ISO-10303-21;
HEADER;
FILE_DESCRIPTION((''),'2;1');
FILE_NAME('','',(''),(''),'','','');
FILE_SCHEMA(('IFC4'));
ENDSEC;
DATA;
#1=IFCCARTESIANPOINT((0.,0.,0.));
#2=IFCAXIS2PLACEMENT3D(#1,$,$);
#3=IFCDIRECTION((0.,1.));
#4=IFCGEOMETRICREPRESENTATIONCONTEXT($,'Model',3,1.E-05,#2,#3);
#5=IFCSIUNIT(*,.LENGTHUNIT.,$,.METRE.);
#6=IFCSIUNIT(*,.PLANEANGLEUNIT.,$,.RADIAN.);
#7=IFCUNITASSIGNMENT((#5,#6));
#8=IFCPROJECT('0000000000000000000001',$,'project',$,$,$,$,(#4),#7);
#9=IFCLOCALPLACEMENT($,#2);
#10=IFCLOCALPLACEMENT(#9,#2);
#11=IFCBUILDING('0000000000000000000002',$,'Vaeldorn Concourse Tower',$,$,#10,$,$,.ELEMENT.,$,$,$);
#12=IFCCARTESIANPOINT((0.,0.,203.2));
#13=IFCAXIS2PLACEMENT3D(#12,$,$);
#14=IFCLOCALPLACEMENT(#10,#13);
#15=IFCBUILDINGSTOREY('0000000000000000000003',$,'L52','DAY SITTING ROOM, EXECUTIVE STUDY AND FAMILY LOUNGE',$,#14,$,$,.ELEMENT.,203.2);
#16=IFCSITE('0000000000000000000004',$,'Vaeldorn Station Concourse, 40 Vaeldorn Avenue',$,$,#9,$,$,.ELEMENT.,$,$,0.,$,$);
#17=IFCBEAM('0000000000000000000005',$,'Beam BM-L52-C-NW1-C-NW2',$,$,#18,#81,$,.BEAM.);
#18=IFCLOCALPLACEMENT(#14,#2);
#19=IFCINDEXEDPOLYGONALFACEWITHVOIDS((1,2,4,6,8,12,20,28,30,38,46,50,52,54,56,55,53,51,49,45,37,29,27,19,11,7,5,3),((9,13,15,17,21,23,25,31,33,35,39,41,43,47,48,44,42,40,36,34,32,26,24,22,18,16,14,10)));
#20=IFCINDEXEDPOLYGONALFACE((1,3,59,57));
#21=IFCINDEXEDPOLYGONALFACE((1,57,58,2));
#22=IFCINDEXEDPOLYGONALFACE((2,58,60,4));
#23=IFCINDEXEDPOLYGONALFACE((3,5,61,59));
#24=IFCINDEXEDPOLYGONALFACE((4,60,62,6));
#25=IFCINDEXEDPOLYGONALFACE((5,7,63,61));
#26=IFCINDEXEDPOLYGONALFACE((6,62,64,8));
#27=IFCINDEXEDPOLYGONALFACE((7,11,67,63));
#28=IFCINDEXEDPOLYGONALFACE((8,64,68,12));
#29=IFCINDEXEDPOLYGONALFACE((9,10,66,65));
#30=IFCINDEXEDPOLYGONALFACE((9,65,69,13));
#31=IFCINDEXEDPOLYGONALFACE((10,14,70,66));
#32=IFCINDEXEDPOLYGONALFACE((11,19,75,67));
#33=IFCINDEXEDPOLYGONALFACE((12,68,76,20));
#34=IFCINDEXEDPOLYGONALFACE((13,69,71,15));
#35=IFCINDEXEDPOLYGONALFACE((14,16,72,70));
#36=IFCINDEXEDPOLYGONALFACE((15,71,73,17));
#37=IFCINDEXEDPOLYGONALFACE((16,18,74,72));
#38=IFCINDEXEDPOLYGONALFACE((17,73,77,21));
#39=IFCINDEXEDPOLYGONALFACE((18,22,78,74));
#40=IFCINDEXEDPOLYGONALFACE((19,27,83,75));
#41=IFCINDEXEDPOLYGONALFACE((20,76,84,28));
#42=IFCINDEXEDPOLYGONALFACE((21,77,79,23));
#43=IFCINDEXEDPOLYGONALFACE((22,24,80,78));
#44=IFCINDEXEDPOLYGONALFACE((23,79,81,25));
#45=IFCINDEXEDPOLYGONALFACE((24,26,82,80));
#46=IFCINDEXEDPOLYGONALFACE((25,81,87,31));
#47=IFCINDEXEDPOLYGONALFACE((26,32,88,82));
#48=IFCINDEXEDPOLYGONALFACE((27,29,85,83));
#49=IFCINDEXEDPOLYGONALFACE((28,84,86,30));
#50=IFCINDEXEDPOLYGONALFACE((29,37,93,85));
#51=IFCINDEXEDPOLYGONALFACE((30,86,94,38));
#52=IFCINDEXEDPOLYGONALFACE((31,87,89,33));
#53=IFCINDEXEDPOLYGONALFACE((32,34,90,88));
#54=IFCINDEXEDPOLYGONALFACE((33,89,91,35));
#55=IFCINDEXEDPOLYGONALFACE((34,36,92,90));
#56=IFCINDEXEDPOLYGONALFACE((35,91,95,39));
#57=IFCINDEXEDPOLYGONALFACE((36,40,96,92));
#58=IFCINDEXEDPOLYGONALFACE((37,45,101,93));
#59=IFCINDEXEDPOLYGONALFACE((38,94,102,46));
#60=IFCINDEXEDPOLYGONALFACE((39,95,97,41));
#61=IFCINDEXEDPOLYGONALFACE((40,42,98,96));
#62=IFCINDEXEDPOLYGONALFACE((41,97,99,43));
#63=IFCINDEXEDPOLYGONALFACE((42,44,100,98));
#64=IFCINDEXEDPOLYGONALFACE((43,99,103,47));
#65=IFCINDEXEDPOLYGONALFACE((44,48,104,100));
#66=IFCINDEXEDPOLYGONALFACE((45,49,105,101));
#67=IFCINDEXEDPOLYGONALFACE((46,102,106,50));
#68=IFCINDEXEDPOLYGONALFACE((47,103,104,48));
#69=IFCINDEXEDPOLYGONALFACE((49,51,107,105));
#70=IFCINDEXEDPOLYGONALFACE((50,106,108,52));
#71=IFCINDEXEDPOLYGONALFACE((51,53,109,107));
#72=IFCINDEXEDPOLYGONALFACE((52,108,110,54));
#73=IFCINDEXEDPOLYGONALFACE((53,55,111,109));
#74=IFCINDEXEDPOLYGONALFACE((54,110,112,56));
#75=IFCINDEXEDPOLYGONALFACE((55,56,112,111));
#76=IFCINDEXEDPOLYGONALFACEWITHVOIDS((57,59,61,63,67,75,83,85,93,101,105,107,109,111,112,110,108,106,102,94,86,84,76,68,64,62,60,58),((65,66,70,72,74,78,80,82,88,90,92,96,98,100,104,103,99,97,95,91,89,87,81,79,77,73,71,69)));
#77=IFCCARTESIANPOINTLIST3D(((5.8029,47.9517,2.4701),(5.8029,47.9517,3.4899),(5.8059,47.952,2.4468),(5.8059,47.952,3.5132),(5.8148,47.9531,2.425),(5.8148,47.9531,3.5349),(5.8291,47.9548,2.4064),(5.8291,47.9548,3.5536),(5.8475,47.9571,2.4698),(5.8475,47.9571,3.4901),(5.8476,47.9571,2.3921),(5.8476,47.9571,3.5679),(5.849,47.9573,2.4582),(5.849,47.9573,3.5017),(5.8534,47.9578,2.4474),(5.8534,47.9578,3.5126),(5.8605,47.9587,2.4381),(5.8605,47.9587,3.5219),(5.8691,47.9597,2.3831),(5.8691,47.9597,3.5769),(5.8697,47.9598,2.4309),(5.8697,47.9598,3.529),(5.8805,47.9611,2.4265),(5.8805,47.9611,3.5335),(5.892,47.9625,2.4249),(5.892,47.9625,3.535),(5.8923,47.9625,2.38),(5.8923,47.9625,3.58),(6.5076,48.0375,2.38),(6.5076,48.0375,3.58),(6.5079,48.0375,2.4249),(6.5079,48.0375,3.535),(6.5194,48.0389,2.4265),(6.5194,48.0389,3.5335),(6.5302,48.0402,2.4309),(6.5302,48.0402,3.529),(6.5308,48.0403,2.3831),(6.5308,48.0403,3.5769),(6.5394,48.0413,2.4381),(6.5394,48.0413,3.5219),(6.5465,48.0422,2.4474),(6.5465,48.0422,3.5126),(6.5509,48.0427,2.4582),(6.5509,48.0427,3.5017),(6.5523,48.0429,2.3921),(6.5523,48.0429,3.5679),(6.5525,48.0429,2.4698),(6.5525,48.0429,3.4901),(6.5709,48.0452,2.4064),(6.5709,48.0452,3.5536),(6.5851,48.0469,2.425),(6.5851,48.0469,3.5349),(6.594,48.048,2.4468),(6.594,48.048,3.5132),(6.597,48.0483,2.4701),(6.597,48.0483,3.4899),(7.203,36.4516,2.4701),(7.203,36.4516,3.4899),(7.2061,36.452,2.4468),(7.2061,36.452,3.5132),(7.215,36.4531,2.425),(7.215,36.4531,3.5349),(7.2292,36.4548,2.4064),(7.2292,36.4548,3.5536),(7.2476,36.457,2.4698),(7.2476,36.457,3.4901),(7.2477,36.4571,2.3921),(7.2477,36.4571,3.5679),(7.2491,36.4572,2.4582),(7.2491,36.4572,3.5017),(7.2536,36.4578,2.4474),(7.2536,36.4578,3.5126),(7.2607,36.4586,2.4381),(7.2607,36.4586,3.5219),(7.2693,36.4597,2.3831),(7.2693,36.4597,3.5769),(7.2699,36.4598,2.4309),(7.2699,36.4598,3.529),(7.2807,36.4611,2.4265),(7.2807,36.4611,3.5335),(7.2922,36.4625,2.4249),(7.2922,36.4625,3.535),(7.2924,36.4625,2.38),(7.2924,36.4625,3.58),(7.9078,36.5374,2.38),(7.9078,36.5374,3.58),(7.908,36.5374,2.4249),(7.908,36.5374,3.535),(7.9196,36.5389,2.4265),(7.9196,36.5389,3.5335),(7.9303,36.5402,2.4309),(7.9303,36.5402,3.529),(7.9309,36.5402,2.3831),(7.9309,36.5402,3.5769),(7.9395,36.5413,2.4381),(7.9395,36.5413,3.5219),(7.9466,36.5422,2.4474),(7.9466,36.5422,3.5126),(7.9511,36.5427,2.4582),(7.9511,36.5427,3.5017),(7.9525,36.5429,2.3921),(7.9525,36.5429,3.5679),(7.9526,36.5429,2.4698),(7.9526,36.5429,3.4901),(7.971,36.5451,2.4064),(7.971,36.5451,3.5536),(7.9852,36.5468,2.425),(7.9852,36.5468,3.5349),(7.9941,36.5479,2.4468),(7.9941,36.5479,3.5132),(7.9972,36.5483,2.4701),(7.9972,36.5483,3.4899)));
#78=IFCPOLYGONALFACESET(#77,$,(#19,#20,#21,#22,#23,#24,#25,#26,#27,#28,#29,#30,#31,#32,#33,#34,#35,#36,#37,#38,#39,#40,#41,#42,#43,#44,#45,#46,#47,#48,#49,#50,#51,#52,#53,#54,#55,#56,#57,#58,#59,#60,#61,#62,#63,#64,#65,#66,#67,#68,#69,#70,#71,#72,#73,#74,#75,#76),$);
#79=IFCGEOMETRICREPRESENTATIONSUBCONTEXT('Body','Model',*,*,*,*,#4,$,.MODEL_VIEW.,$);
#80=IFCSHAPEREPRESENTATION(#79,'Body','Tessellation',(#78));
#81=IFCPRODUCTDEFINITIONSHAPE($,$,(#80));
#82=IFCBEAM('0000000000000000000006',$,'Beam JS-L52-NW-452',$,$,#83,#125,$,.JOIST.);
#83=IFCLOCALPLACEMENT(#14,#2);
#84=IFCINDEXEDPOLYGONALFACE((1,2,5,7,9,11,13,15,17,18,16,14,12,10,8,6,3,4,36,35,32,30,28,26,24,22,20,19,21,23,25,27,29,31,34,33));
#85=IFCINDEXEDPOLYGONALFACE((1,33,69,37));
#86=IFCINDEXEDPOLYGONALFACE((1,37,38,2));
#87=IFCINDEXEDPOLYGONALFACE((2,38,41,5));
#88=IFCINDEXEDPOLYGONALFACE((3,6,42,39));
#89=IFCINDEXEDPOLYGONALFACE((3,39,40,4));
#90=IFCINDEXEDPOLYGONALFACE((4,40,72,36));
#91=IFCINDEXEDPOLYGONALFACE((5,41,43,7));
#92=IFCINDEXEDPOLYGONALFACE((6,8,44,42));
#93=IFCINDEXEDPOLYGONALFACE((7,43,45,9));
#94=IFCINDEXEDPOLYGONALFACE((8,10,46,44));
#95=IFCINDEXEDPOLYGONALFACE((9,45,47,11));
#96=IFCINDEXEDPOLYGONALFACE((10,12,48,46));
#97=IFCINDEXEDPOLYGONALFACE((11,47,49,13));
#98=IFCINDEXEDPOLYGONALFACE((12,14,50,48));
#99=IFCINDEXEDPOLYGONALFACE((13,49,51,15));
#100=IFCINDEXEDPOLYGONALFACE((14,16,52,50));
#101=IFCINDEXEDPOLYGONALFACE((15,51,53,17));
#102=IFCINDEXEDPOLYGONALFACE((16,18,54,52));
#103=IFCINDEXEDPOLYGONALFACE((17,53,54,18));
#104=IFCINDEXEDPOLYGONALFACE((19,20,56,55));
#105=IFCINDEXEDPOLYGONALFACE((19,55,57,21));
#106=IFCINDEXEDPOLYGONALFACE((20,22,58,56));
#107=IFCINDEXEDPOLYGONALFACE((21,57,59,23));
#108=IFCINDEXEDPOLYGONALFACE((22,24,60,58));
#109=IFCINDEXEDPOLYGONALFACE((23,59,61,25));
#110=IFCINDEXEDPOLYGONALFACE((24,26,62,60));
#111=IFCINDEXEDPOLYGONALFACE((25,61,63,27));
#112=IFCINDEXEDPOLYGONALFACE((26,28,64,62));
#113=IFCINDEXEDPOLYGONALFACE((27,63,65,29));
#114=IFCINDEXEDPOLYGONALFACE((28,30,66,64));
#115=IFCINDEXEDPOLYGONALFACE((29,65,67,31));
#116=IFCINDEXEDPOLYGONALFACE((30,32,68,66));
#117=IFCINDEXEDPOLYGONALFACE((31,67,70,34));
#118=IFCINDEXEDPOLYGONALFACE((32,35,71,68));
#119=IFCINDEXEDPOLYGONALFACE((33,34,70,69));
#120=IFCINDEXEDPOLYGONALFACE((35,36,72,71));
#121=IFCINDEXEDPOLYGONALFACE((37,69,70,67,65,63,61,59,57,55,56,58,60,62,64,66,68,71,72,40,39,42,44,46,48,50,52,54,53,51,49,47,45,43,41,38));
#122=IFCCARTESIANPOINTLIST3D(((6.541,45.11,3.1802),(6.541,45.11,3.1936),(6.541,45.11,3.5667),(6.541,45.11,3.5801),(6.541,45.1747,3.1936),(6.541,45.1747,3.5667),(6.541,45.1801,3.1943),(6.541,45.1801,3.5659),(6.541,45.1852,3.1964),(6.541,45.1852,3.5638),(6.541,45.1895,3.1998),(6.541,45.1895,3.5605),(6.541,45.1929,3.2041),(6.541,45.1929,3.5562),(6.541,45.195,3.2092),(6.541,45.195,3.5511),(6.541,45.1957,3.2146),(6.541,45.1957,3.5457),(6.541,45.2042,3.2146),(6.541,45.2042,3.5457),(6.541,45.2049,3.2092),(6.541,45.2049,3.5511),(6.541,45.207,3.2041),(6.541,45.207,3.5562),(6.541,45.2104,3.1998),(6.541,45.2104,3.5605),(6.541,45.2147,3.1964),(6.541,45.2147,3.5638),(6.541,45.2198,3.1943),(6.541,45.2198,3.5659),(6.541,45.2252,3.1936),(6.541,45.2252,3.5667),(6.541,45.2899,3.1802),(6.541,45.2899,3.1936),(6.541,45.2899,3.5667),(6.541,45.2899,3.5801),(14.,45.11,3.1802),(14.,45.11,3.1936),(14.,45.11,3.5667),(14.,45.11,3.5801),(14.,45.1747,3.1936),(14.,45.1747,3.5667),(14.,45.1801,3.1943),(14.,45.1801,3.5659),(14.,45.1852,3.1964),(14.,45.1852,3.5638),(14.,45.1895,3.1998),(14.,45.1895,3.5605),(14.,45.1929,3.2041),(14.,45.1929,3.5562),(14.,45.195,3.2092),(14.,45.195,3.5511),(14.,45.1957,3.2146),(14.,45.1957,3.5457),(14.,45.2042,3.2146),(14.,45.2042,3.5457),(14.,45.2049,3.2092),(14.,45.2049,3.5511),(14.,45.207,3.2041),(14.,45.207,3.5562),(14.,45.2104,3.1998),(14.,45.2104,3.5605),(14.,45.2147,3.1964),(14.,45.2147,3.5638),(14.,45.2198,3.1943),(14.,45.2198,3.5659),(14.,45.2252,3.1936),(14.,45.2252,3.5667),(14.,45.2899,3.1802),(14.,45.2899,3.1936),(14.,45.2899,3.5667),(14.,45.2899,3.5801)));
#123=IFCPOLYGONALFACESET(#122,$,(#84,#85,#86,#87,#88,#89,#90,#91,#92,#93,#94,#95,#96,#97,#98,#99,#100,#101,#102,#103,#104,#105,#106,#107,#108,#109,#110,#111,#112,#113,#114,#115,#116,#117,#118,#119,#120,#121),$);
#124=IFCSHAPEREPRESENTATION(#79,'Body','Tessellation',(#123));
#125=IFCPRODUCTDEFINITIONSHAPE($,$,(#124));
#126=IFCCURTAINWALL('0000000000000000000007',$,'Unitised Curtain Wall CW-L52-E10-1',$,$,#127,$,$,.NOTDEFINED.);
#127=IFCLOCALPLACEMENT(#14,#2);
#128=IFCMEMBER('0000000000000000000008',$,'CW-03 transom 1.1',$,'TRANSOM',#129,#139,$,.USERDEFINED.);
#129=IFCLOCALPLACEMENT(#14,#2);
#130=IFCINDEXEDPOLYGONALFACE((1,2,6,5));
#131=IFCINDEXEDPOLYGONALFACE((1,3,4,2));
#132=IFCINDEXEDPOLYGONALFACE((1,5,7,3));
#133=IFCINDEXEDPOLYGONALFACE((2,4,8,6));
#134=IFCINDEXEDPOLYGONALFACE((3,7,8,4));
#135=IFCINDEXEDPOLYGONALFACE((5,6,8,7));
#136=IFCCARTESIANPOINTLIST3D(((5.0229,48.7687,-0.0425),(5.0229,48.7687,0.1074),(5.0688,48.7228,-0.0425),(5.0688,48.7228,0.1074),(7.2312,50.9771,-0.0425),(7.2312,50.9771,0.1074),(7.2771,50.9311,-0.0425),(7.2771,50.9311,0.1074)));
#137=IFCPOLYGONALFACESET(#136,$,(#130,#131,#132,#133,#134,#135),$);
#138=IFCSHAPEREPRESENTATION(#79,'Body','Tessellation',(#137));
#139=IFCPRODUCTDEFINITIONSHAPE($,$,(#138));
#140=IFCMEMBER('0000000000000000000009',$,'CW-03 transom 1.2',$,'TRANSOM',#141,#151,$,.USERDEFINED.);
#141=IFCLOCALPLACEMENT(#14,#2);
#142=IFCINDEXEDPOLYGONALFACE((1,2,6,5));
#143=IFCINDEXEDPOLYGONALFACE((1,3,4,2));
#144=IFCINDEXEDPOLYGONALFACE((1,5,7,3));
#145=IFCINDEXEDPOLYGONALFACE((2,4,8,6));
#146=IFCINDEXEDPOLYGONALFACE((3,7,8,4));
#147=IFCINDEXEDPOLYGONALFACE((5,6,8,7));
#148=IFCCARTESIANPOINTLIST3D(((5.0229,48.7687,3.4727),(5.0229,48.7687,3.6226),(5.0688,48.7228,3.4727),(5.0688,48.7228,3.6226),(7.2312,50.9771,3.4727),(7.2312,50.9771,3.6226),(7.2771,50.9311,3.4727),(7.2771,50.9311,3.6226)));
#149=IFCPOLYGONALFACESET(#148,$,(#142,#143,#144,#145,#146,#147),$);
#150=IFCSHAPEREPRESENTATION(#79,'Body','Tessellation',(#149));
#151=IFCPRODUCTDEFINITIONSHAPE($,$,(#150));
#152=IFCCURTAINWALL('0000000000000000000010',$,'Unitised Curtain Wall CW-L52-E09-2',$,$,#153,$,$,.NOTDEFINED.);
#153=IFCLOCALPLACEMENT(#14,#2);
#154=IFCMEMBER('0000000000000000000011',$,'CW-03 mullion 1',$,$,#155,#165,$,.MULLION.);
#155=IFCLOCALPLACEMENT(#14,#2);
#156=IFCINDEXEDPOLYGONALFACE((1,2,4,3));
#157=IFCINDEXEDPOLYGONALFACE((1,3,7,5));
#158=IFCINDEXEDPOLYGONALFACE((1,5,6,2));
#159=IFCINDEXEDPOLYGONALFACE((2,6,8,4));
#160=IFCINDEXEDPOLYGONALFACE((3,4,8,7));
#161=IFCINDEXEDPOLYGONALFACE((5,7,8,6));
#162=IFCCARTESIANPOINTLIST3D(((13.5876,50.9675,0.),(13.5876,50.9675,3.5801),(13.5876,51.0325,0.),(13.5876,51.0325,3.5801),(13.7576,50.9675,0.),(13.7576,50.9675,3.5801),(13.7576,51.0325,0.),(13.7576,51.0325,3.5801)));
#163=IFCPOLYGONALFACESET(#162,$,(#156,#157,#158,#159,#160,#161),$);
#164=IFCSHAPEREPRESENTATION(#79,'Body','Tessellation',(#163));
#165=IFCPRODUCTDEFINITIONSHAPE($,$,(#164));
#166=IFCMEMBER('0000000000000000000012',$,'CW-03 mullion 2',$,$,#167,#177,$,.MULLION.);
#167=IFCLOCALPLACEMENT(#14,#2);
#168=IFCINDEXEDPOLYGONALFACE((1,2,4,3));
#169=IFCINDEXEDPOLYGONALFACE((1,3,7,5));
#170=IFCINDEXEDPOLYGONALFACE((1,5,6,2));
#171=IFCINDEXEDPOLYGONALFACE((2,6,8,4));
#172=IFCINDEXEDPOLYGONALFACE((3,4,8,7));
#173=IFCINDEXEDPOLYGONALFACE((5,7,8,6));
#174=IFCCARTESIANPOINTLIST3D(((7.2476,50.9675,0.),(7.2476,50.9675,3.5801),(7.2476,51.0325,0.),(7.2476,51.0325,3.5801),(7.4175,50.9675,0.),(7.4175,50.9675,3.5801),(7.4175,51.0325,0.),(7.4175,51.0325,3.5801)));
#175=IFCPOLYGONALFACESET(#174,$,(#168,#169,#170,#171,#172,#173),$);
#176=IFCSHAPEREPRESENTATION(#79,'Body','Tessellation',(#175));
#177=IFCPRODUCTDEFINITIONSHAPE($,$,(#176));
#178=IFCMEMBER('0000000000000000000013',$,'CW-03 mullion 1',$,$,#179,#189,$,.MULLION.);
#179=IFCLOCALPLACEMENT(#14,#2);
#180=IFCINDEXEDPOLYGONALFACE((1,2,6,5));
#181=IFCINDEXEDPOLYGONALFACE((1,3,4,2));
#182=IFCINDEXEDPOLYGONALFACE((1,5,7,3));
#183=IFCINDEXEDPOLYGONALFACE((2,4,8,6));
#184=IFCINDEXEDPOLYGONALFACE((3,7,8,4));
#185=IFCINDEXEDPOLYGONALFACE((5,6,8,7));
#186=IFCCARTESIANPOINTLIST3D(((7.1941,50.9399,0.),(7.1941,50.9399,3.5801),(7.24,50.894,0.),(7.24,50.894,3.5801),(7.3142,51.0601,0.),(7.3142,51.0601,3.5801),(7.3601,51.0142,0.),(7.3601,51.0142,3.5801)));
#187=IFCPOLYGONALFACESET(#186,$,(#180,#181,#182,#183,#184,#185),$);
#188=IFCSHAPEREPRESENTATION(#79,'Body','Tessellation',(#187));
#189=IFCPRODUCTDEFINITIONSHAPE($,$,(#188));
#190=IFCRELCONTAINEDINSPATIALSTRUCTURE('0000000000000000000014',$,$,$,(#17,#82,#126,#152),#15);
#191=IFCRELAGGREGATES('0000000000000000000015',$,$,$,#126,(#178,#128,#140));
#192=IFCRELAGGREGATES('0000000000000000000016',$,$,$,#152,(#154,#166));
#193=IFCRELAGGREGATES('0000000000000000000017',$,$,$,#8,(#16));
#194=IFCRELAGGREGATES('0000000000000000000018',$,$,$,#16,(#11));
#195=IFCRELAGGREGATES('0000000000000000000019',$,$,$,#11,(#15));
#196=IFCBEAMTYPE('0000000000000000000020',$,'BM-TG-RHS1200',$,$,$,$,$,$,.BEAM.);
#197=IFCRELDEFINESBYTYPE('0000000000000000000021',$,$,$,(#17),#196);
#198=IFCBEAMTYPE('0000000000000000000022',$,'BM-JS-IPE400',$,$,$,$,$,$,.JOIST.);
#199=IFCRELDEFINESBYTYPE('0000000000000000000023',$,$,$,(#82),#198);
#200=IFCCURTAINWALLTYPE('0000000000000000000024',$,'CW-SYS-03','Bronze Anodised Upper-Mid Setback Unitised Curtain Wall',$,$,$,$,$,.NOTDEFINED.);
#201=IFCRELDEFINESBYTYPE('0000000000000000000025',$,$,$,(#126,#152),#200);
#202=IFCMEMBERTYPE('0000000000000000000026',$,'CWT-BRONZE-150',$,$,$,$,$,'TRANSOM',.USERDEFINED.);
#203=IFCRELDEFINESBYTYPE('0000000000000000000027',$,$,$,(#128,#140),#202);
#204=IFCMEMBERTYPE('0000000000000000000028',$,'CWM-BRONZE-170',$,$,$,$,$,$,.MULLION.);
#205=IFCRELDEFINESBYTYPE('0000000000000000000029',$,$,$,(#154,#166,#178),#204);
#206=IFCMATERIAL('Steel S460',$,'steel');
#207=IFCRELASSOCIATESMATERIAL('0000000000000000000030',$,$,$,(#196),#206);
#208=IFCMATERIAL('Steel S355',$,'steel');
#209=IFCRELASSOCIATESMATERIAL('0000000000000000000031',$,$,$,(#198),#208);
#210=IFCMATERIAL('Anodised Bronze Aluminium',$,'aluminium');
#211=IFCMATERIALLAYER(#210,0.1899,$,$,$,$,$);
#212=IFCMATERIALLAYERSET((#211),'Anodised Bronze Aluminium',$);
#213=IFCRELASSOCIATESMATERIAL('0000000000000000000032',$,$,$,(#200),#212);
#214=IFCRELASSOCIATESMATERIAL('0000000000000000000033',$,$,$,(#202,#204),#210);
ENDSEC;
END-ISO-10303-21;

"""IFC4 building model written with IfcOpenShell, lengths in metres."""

from ifc_helpers import new_model, si_unit, direction, frame, origin, origin_2d, place, context, subcontext, project, spatial, rectangle, hollow_rectangle, i_section, extrude, source, transform, mapped, material, layer, layer_set, material_profile, profile_set, type_object, element, aggregate, save


model = new_model("IFC4")

# Units and contexts
model_context = context("Model", 3, precision=1e-05, world=origin(), true_north=direction((0.0, 1.0)))
body_context = subcontext(model_context, "Body", "Model", "MODEL_VIEW")
ifc_project = project(units=[si_unit("LENGTHUNIT", "METRE"), si_unit("PLANEANGLEUNIT", "RADIAN")], contexts=[model_context])

# Site, building, storey
site_placement = place(None, origin())
site = spatial("IfcSite", under=ifc_project, at=site_placement, Name="Vaeldorn Station Concourse, 40 Vaeldorn Avenue", CompositionType="ELEMENT", RefElevation=0.0)
building_placement = place(site_placement, origin())
building = spatial("IfcBuilding", under=site, at=building_placement, Name="Vaeldorn Concourse Tower", CompositionType="ELEMENT")
storey_placement = place(building_placement, frame((0.0, 0.0, 203.2)))
storey = spatial("IfcBuildingStorey", under=building, at=storey_placement, Name="L52", Description="DAY SITTING ROOM, EXECUTIVE STUDY AND FAMILY LOUNGE", CompositionType="ELEMENT", Elevation=203.2)

# Shared definitions
ifc_material_1 = material(Name="Steel S460", Category="steel")

# Beams
ifc_material_profile_1 = material_profile(ifc_material_1, hollow_rectangle(XDim=0.8, YDim=1.2, WallThickness=0.0449, InnerFilletRadius=0.0449, OuterFilletRadius=0.0901, at=origin_2d()), Name="RHS 1200x800x45")
ifc_profile_set_1 = profile_set([ifc_material_profile_1], Name="Steel S460")
beam_type_1 = type_object("IfcBeamType", Name="BM-TG-RHS1200", PredefinedType="BEAM", material=ifc_profile_set_1)
shared_shape_1 = source(origin(), body_context, "Body", "SweptSolid", [
    extrude(hollow_rectangle(XDim=0.8, YDim=1.2, WallThickness=0.0449, InnerFilletRadius=0.0449, OuterFilletRadius=0.0901, at=origin_2d()), origin(), (0.0, 0.0, 1.0), 11.585),
])
beam_1_placement = place(storey_placement, frame((6.2, 48.0, 2.98), z_axis=(0.120859, -0.99267, 0.0), x_axis=(0.99267, 0.120859, 0.0)))
element("IfcBeam", 1, at=beam_1_placement, inside=storey, type_object=beam_type_1, Name="Beam BM-L52-C-NW1-C-NW2", PredefinedType="BEAM", context=body_context, shape_type="MappedRepresentation", body=[
    mapped(shared_shape_1, transform((0.0, 0.0, 0.0), scale=1.0)),
])
ifc_material_2 = material(Name="Steel S355", Category="steel")
ifc_material_profile_2 = material_profile(ifc_material_2, i_section(OverallWidth=0.1799, OverallDepth=0.3999, WebThickness=0.0085, FlangeThickness=0.0134, FilletRadius=0.021, at=origin_2d()), Name="IPE 400")
ifc_profile_set_2 = profile_set([ifc_material_profile_2], Name="Steel S355")
beam_type_2 = type_object("IfcBeamType", Name="BM-JS-IPE400", PredefinedType="JOIST", material=ifc_profile_set_2)
shared_shape_2 = source(origin(), body_context, "Body", "SweptSolid", [
    extrude(i_section(OverallWidth=0.1799, OverallDepth=0.3999, WebThickness=0.0085, FlangeThickness=0.0134, FilletRadius=0.021, at=origin_2d()), origin(), (0.0, 0.0, 1.0), 7.459),
])
beam_2_placement = place(storey_placement, frame((6.541, 45.2, 3.3801), z_axis=(1.0, 0.0, 0.0), x_axis=(0.0, 1.0, 0.0)))
element("IfcBeam", 2, at=beam_2_placement, inside=storey, type_object=beam_type_2, Name="Beam JS-L52-NW-452", PredefinedType="JOIST", context=body_context, shape_type="MappedRepresentation", body=[
    mapped(shared_shape_2, transform((0.0, 0.0, 0.0), scale=1.0)),
])

# Curtain walls, members
ifc_material_3 = material(Name="Anodised Bronze Aluminium", Category="aluminium")
ifc_layer_1 = layer(ifc_material_3, 0.1899)
ifc_layer_set_1 = layer_set([ifc_layer_1], Name="Anodised Bronze Aluminium")
curtain_wall_type = type_object("IfcCurtainWallType", Name="CW-SYS-03", Description="Bronze Anodised Upper-Mid Setback Unitised Curtain Wall", PredefinedType="NOTDEFINED", material=ifc_layer_set_1)
curtain_wall_1_placement = place(storey_placement, origin())
curtain_wall_1 = element("IfcCurtainWall", 3, at=curtain_wall_1_placement, inside=storey, type_object=curtain_wall_type, Name="Unitised Curtain Wall CW-L52-E10-1", PredefinedType="NOTDEFINED")
ifc_material_profile_3 = material_profile(ifc_material_3, rectangle(XDim=0.0649, YDim=0.1499, at=origin_2d()), Name="CWT 65x150")
ifc_profile_set_3 = profile_set([ifc_material_profile_3], Name="Anodised Bronze Aluminium")
member_type_1 = type_object("IfcMemberType", Name="CWT-BRONZE-150", ElementType="TRANSOM", PredefinedType="USERDEFINED", material=ifc_profile_set_3)
shared_shape_3 = source(origin(), body_context, "Body", "SweptSolid", [
    extrude(rectangle(XDim=0.0649, YDim=0.1499, at=origin_2d()), origin(), (0.0, 0.0, 1.0), 3.123),
])
member_1_placement = place(storey_placement, frame((7.2542, 50.9541, 0.0325), z_axis=(-0.707107, -0.707107, 0.0), x_axis=(0.707107, -0.707107, 0.0)))
member_1 = element("IfcMember", 4, at=member_1_placement, type_object=member_type_1, Name="CW-03 transom 1.1", ObjectType="TRANSOM", PredefinedType="USERDEFINED", context=body_context, shape_type="MappedRepresentation", body=[
    mapped(shared_shape_3, transform((0.0, 0.0, 0.0), scale=1.0)),
])
member_2_placement = place(storey_placement, frame((7.2542, 50.9541, 3.5476), z_axis=(-0.707107, -0.707107, 0.0), x_axis=(0.707107, -0.707107, 0.0)))
member_2 = element("IfcMember", 5, at=member_2_placement, type_object=member_type_1, Name="CW-03 transom 1.2", ObjectType="TRANSOM", PredefinedType="USERDEFINED", context=body_context, shape_type="MappedRepresentation", body=[
    mapped(shared_shape_3, transform((0.0, 0.0, 0.0), scale=1.0)),
])
curtain_wall_2_placement = place(storey_placement, origin())
curtain_wall_2 = element("IfcCurtainWall", 6, at=curtain_wall_2_placement, inside=storey, type_object=curtain_wall_type, Name="Unitised Curtain Wall CW-L52-E09-2", PredefinedType="NOTDEFINED")
ifc_material_profile_4 = material_profile(ifc_material_3, rectangle(XDim=0.0649, YDim=0.1699, at=origin_2d()), Name="CWM 65x170")
ifc_profile_set_4 = profile_set([ifc_material_profile_4], Name="Anodised Bronze Aluminium")
member_type_2 = type_object("IfcMemberType", Name="CWM-BRONZE-170", PredefinedType="MULLION", material=ifc_profile_set_4)
shared_shape_4 = source(origin(), body_context, "Body", "SweptSolid", [
    extrude(rectangle(XDim=0.0649, YDim=0.1699, at=origin_2d()), origin(), (0.0, 0.0, 1.0), 3.5801),
])
member_3_placement = place(storey_placement, frame((13.6726, 51.0, 0.0), z_axis=(0.0, 0.0, 1.0), x_axis=(0.0, -1.0, 0.0)))
member_3 = element("IfcMember", 7, at=member_3_placement, type_object=member_type_2, Name="CW-03 mullion 1", PredefinedType="MULLION", context=body_context, shape_type="MappedRepresentation", body=[
    mapped(shared_shape_4, transform((0.0, 0.0, 0.0), scale=1.0)),
])
member_4_placement = place(storey_placement, frame((7.3325, 51.0, 0.0), z_axis=(0.0, 0.0, 1.0), x_axis=(0.0, -1.0, 0.0)))
member_4 = element("IfcMember", 8, at=member_4_placement, type_object=member_type_2, Name="CW-03 mullion 2", PredefinedType="MULLION", context=body_context, shape_type="MappedRepresentation", body=[
    mapped(shared_shape_4, transform((0.0, 0.0, 0.0), scale=1.0)),
])

# Member
member_5_placement = place(storey_placement, frame((7.2771, 50.9771, 0.0), z_axis=(0.0, 0.0, 1.0), x_axis=(0.707107, -0.707107, 0.0)))
member_5 = element("IfcMember", 9, at=member_5_placement, type_object=member_type_2, Name="CW-03 mullion 1", PredefinedType="MULLION", context=body_context, shape_type="MappedRepresentation", body=[
    mapped(shared_shape_4, transform((0.0, 0.0, 0.0), scale=1.0)),
])

aggregate(curtain_wall_1, [member_5, member_1, member_2])
aggregate(curtain_wall_2, [member_3, member_4])

save(model, "model.ifc")
